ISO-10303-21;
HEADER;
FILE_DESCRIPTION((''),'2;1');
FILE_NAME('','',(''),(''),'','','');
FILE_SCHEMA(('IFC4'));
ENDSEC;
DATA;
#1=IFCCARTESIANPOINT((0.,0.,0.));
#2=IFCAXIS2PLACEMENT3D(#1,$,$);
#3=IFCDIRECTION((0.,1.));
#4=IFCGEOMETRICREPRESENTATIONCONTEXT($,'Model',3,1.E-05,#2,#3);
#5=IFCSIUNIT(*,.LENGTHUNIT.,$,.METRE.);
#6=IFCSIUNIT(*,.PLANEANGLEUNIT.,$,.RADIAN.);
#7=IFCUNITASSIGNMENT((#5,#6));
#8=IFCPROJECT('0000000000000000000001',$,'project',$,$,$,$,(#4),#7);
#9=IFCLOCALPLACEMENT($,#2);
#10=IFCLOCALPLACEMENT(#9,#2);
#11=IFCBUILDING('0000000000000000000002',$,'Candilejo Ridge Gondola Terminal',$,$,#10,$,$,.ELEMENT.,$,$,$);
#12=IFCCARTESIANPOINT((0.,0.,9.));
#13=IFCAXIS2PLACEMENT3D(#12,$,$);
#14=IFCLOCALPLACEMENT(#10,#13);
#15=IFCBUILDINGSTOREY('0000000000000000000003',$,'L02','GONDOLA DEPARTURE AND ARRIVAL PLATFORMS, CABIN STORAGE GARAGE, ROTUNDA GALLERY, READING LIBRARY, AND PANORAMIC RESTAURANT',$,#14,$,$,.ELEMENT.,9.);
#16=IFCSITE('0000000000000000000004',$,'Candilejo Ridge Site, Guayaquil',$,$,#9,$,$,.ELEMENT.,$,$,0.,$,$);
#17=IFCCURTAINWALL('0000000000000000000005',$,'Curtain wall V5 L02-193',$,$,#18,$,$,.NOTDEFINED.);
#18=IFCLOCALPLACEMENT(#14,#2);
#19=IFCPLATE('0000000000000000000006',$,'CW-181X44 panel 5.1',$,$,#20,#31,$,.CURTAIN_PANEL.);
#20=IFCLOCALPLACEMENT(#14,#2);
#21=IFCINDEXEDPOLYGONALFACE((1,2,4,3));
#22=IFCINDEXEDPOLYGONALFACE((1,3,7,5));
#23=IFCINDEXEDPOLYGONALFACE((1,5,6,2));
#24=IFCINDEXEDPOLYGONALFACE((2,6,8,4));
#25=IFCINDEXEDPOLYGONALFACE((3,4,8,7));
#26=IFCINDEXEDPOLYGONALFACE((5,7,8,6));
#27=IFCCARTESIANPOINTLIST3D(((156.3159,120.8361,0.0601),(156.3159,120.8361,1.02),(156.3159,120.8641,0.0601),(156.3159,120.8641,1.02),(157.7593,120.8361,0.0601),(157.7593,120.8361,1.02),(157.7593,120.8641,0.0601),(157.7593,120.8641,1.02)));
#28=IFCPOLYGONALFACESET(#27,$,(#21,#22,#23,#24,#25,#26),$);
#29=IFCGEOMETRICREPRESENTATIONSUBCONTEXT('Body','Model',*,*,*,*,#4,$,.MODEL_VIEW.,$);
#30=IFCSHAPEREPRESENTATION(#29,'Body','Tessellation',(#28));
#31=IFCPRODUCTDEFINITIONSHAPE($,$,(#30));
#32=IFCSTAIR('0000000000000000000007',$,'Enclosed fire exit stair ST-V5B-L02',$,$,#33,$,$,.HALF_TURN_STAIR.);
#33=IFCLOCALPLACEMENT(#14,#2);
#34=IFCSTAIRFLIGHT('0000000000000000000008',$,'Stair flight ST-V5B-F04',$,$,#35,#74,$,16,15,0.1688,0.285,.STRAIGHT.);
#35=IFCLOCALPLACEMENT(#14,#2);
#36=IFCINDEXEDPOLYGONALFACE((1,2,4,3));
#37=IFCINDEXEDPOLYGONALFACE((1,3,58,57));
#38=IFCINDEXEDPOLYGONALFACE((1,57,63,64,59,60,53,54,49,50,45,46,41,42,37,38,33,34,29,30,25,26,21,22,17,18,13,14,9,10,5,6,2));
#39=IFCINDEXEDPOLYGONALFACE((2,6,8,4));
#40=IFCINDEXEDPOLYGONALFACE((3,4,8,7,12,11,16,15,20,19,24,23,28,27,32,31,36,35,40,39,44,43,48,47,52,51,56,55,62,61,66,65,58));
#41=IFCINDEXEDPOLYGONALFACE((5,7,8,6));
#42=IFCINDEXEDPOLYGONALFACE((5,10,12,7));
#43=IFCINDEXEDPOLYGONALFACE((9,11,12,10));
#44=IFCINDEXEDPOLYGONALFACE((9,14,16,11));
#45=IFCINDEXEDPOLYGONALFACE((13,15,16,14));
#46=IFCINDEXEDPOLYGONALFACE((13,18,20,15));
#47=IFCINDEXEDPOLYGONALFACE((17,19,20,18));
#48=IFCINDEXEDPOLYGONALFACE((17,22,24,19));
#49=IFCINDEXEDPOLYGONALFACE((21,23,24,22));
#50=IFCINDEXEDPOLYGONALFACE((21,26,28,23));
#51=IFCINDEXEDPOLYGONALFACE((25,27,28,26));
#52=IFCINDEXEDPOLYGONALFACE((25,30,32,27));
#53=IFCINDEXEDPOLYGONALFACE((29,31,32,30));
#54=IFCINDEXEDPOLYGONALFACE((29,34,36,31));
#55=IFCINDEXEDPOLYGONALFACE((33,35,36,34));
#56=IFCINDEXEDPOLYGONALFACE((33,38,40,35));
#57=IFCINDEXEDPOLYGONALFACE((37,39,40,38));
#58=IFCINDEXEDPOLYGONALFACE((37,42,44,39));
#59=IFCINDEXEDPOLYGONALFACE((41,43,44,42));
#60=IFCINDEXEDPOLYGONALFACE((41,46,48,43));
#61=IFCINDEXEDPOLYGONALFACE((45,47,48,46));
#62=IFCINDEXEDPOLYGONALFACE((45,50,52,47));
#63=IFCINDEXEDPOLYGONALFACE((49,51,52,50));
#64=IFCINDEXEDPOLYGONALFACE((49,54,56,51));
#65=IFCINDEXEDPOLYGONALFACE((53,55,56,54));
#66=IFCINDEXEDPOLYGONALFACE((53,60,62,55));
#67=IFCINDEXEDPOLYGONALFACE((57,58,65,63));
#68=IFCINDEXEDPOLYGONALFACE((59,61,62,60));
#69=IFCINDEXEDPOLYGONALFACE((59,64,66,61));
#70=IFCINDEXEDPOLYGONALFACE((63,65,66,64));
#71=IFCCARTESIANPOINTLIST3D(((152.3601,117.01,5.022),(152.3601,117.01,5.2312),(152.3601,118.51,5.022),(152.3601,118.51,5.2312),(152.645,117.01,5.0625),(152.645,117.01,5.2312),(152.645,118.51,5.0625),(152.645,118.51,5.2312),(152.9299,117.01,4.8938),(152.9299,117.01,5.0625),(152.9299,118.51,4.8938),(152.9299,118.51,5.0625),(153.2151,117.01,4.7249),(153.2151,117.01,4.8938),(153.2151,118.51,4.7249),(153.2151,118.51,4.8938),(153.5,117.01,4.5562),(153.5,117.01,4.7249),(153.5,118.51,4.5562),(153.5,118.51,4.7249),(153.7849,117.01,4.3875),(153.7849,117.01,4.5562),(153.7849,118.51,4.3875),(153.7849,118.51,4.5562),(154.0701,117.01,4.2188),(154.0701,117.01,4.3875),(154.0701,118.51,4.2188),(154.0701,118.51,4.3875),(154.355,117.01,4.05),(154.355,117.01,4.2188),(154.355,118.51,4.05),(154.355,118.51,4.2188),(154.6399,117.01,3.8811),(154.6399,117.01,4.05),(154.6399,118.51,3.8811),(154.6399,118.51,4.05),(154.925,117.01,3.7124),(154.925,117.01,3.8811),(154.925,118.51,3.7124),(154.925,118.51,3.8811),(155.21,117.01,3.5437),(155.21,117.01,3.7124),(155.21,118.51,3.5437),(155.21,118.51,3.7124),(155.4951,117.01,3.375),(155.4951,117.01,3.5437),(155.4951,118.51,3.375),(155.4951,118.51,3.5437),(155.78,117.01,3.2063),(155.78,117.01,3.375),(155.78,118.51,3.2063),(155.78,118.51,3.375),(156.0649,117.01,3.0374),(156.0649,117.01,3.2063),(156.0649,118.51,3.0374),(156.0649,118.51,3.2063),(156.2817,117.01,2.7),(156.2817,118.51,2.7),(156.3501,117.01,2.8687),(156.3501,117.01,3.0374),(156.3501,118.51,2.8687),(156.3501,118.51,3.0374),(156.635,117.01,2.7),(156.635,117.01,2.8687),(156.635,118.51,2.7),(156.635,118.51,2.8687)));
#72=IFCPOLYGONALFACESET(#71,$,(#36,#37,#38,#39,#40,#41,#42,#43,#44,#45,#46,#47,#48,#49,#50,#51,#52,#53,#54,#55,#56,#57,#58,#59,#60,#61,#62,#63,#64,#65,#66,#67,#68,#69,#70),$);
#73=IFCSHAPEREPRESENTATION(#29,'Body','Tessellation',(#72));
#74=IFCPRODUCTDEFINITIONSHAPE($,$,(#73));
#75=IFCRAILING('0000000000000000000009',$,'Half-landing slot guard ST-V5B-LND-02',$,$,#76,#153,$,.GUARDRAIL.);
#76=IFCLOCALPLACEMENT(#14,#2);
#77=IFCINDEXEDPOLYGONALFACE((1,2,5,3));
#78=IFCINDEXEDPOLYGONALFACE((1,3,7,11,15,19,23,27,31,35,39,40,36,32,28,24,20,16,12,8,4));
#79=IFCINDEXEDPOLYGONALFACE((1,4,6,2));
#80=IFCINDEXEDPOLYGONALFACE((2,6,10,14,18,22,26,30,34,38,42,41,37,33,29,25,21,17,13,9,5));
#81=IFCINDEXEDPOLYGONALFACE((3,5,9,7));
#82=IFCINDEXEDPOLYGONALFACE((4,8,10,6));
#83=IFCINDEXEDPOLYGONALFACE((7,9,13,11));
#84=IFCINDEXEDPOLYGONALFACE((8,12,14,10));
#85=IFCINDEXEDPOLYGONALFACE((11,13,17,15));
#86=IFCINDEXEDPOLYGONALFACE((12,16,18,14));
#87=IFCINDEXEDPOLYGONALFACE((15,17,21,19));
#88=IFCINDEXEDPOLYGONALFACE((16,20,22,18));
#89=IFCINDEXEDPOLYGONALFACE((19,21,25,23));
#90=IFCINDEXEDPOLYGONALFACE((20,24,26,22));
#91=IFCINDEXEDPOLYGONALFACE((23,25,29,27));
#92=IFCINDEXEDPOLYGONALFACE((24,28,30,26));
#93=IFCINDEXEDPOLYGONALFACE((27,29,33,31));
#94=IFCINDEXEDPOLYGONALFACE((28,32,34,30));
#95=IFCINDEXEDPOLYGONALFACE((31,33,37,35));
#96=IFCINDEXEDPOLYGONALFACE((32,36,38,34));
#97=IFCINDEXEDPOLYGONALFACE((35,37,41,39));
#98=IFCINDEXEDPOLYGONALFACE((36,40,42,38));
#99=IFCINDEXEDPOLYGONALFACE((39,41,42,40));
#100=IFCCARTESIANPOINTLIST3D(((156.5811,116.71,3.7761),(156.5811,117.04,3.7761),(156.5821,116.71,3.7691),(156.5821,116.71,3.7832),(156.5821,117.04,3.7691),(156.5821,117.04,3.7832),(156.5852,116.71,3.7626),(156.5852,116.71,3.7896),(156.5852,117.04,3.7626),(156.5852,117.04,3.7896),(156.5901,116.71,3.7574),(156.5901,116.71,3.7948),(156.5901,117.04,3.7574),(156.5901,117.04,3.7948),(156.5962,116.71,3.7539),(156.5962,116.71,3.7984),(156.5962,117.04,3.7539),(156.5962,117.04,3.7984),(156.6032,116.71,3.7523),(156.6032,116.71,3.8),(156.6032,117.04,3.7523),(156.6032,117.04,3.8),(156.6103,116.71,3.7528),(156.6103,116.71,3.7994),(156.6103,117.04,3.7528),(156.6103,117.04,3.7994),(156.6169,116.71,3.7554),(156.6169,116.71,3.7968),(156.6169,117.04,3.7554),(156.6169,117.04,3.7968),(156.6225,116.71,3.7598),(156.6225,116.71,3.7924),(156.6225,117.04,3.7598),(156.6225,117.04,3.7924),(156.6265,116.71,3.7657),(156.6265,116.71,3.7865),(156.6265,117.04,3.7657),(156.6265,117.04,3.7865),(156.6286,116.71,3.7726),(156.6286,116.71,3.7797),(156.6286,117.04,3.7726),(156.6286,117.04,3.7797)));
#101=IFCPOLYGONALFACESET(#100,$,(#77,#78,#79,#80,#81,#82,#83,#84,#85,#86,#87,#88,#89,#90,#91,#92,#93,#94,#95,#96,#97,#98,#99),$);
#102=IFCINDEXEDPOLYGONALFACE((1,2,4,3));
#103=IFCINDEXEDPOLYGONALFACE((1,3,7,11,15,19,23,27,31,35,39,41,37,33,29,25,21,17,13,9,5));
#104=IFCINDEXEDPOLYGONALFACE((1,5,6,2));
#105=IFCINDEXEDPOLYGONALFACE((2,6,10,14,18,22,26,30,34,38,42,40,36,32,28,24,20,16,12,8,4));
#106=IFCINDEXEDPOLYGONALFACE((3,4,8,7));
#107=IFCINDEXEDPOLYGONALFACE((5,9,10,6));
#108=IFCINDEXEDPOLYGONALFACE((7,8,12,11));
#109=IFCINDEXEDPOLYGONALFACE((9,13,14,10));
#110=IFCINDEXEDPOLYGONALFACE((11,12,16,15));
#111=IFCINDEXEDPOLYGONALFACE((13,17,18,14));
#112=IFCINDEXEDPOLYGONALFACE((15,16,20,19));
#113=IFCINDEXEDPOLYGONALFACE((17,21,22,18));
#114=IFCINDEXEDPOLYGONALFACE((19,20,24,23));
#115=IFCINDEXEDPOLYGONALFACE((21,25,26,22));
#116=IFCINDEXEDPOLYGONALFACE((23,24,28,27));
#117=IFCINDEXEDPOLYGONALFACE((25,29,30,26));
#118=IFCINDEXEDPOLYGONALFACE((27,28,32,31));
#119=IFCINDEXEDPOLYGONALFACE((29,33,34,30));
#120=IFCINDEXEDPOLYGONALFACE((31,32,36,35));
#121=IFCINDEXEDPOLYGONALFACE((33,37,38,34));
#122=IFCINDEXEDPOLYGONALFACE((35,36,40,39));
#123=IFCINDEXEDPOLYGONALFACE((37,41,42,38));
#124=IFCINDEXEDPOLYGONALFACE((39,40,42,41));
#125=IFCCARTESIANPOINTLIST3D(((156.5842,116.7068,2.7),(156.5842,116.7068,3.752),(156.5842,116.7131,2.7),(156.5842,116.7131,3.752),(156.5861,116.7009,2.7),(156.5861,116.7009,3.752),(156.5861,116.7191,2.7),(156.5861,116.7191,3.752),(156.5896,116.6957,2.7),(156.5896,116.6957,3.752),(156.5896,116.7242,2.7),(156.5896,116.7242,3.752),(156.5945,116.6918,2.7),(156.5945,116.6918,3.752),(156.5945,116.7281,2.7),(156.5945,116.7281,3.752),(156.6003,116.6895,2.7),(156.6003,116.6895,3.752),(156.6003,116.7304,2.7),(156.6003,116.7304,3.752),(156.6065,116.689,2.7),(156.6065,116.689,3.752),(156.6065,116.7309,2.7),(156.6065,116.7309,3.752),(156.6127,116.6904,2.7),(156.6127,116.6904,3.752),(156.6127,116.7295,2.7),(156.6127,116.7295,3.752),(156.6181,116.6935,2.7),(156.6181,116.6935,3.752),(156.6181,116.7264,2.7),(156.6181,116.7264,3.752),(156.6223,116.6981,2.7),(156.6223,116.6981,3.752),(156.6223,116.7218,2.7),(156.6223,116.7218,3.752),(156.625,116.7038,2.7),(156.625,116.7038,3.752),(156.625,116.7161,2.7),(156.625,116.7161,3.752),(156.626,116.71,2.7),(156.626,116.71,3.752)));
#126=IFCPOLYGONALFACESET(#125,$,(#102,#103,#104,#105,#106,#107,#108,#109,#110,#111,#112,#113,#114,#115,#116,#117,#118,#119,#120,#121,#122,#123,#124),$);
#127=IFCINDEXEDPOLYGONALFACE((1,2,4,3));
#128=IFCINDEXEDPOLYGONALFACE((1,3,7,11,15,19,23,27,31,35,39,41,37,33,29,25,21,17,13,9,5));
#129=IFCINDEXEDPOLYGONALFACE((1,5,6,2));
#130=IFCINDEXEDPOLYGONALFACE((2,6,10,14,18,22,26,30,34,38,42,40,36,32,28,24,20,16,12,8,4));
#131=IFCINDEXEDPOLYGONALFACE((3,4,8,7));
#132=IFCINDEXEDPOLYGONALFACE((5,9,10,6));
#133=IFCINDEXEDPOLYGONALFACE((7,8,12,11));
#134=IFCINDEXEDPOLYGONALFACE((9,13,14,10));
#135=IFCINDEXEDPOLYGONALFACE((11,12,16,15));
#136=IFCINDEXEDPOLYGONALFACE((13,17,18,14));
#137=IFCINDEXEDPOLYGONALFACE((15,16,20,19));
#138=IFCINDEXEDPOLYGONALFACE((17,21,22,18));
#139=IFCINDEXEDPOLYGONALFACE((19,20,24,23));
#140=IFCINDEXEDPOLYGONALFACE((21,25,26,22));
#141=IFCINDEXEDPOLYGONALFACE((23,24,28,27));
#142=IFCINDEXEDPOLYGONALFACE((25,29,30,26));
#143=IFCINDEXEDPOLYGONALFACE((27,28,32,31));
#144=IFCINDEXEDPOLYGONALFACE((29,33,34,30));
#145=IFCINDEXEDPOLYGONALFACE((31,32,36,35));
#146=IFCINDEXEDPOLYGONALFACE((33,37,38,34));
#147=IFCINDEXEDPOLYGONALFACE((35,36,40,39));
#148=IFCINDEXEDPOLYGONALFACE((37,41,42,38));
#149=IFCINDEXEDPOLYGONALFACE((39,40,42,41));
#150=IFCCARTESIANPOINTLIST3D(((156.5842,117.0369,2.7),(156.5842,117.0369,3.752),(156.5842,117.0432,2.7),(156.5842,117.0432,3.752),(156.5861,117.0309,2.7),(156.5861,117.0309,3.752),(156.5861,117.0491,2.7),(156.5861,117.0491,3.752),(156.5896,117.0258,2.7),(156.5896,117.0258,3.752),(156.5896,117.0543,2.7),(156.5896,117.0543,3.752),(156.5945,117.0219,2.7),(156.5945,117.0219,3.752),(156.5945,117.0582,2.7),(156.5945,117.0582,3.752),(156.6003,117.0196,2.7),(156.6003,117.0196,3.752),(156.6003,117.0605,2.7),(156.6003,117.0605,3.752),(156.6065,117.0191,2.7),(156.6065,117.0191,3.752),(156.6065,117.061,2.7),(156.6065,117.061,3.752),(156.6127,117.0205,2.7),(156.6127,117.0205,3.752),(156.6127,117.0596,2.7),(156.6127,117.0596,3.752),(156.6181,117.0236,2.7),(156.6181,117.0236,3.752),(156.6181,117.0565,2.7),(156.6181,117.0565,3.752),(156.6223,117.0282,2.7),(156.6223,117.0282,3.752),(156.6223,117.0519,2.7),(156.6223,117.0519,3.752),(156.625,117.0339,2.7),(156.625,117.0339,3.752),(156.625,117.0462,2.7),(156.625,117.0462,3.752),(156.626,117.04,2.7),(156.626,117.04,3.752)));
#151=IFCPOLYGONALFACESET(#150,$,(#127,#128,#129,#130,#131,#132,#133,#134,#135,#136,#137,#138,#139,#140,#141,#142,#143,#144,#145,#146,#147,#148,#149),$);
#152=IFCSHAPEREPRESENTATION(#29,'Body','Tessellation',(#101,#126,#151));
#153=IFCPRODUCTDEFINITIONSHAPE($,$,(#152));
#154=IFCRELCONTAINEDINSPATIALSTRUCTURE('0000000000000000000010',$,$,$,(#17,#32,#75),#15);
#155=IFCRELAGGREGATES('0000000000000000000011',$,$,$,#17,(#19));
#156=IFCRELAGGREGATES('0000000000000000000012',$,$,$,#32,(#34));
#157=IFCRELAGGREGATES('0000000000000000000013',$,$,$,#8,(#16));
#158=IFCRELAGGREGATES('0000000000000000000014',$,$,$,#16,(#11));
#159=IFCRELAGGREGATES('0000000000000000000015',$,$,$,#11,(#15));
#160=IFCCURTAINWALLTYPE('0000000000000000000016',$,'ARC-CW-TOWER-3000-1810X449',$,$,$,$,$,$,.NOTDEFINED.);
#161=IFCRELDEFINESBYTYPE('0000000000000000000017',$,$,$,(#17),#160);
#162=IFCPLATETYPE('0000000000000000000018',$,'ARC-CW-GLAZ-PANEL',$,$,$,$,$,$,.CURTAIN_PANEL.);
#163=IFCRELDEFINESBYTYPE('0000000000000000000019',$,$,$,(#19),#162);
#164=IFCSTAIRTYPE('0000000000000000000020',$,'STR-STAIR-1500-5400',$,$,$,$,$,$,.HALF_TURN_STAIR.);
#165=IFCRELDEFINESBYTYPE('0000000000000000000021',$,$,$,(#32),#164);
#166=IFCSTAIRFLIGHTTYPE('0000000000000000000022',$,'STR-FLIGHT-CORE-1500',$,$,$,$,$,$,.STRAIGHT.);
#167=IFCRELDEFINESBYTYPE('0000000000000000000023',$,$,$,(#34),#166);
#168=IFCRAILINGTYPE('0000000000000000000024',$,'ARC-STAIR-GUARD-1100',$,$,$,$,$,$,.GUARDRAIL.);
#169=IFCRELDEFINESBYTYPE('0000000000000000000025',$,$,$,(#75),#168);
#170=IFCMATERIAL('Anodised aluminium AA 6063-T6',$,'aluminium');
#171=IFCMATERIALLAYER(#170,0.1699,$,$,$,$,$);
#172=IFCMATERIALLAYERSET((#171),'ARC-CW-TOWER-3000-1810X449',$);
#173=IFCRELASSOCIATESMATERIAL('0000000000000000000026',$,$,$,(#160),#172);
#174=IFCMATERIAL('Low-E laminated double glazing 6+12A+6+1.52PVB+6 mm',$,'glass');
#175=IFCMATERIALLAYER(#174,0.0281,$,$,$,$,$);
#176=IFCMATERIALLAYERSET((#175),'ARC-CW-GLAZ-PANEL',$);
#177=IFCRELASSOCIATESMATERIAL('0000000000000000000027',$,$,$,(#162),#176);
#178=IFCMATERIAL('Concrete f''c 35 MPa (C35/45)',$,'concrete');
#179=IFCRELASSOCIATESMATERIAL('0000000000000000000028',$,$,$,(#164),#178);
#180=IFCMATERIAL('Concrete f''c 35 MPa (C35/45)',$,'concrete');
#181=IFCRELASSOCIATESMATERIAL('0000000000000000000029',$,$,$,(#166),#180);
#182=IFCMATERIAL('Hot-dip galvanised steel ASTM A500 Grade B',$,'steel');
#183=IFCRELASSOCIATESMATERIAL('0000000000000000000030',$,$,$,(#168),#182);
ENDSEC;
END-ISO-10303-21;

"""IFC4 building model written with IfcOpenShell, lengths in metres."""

from ifc_helpers import new_model, si_unit, direction, frame, origin, origin_2d, place, context, subcontext, project, spatial, polyline, rectangle, circle, outline, extrude, material, layer, layer_set, type_object, element, aggregate, save


model = new_model("IFC4")

# Units and contexts
model_context = context("Model", 3, precision=1e-05, world=origin(), true_north=direction((0.0, 1.0)))
body_context = subcontext(model_context, "Body", "Model", "MODEL_VIEW")
ifc_project = project(units=[si_unit("LENGTHUNIT", "METRE"), si_unit("PLANEANGLEUNIT", "RADIAN")], contexts=[model_context])

# Site, building, storey
site_placement = place(None, origin())
site = spatial("IfcSite", under=ifc_project, at=site_placement, Name="Candilejo Ridge Site, Guayaquil", CompositionType="ELEMENT", RefElevation=0.0)
building_placement = place(site_placement, origin())
building = spatial("IfcBuilding", under=site, at=building_placement, Name="Candilejo Ridge Gondola Terminal", CompositionType="ELEMENT")
storey_placement = place(building_placement, frame((0.0, 0.0, 9.0)))
storey = spatial("IfcBuildingStorey", under=building, at=storey_placement, Name="L02", Description="GONDOLA DEPARTURE AND ARRIVAL PLATFORMS, CABIN STORAGE GARAGE, ROTUNDA GALLERY, READING LIBRARY, AND PANORAMIC RESTAURANT", CompositionType="ELEMENT", Elevation=9.0)

# Curtain wall, plate
ifc_material_1 = material(Name="Anodised aluminium AA 6063-T6", Category="aluminium")
ifc_layer_1 = layer(ifc_material_1, 0.1699)
ifc_layer_set_1 = layer_set([ifc_layer_1], Name="ARC-CW-TOWER-3000-1810X449")
curtain_wall_type = type_object("IfcCurtainWallType", Name="ARC-CW-TOWER-3000-1810X449", PredefinedType="NOTDEFINED", material=ifc_layer_set_1)
curtain_wall_placement = place(storey_placement, origin())
curtain_wall = element("IfcCurtainWall", 1, at=curtain_wall_placement, inside=storey, type_object=curtain_wall_type, Name="Curtain wall V5 L02-193", PredefinedType="NOTDEFINED")
ifc_material_2 = material(Name="Low-E laminated double glazing 6+12A+6+1.52PVB+6 mm", Category="glass")
ifc_layer_2 = layer(ifc_material_2, 0.0281)
ifc_layer_set_2 = layer_set([ifc_layer_2], Name="ARC-CW-GLAZ-PANEL")
plate_type = type_object("IfcPlateType", Name="ARC-CW-GLAZ-PANEL", PredefinedType="CURTAIN_PANEL", material=ifc_layer_set_2)
plate_1_placement = place(storey_placement, frame((157.0376, 120.8501, 0.0601), z_axis=(0.0, 0.0, 1.0), x_axis=(1.0, 0.0, 0.0)))
plate_1 = element("IfcPlate", 2, at=plate_1_placement, type_object=plate_type, Name="CW-181X44 panel 5.1", PredefinedType="CURTAIN_PANEL", context=body_context, shape_type="SweptSolid", body=[
    extrude(rectangle(XDim=1.4434, YDim=0.0281, at=origin_2d()), origin(), (0.0, 0.0, 1.0), 0.96),
])
aggregate(curtain_wall, [plate_1])

# Stair, stair flight
ifc_material_3 = material(Name="Concrete f'c 35 MPa (C35/45)", Category="concrete")
stair_type = type_object("IfcStairType", Name="STR-STAIR-1500-5400", PredefinedType="HALF_TURN_STAIR", material=ifc_material_3)
stair_placement = place(storey_placement, origin())
stair = element("IfcStair", 3, at=stair_placement, inside=storey, type_object=stair_type, Name="Enclosed fire exit stair ST-V5B-L02", PredefinedType="HALF_TURN_STAIR")
ifc_material_4 = material(Name="Concrete f'c 35 MPa (C35/45)", Category="concrete")
stair_flight_type = type_object("IfcStairFlightType", Name="STR-FLIGHT-CORE-1500", PredefinedType="STRAIGHT", material=ifc_material_4)
stair_flight_placement = place(storey_placement, frame((156.635, 117.76, 2.7), z_axis=(0.0, 0.0, 1.0), x_axis=(-1.0, 0.0, 0.0)))
stair_flight = element("IfcStairFlight", 4, at=stair_flight_placement, type_object=stair_flight_type, Name="Stair flight ST-V5B-F04", NumberOfRisers=16, NumberOfTreads=15, PredefinedType="STRAIGHT", RiserHeight=0.1688, TreadLength=0.285, context=body_context, shape_type="SweptSolid", body=[
    extrude(outline(polyline([(0.0, 0.0), (0.0, 0.1687), (0.2849, 0.1687), (0.2849, 0.3374), (0.5701, 0.3374), (0.5701, 0.5063), (0.855, 0.5063), (0.855, 0.675), (1.1399, 0.675), (1.1399, 0.8438), (1.425, 0.8438), (1.425, 1.0125), (1.71, 1.0125), (1.71, 1.1812), (1.9951, 1.1812), (1.9951, 1.3501), (2.28, 1.3501), (2.28, 1.5188), (2.5649, 1.5188), (2.5649, 1.6875), (2.8501, 1.6875), (2.8501, 1.8562), (3.135, 1.8562), (3.135, 2.0249), (3.4199, 2.0249), (3.4199, 2.1938), (3.7051, 2.1938), (3.7051, 2.3625), (3.99, 2.3625), (3.99, 2.5312), (4.2749, 2.5312), (4.2749, 2.7), (4.2749, 2.322), (0.3533, 0.0), (0.0, 0.0)])), frame((0.0, 0.75, 0.0), z_axis=(0.0, -1.0, 0.0), x_axis=(1.0, 0.0, 0.0)), (0.0, 0.0, 1.0), 1.5),
])
aggregate(stair, [stair_flight])

# Railing
ifc_material_5 = material(Name="Hot-dip galvanised steel ASTM A500 Grade B", Category="steel")
railing_type_1 = type_object("IfcRailingType", Name="ARC-STAIR-GUARD-1100", PredefinedType="GUARDRAIL", material=ifc_material_5)
railing_1_placement = place(storey_placement, frame((156.605, 116.71, 2.7)))
element("IfcRailing", 5, at=railing_1_placement, inside=storey, type_object=railing_type_1, Name="Half-landing slot guard ST-V5B-LND-02", PredefinedType="GUARDRAIL", context=body_context, shape_type="SweptSolid", body=[
    extrude(circle(Radius=0.0239, at=origin_2d()), frame((0.0, 0.0, 1.0762), z_axis=(0.0, 1.0, 0.0), x_axis=(-1.0, 0.0, 0.0)), (0.0, 0.0, 1.0), 0.3301),
    extrude(circle(Radius=0.021, at=origin_2d()), origin(), (0.0, 0.0, 1.0), 1.052),
    extrude(circle(Radius=0.021, at=origin_2d()), frame((0.0, 0.3301, 0.0)), (0.0, 0.0, 1.0), 1.052),
])

save(model, "model.ifc")
